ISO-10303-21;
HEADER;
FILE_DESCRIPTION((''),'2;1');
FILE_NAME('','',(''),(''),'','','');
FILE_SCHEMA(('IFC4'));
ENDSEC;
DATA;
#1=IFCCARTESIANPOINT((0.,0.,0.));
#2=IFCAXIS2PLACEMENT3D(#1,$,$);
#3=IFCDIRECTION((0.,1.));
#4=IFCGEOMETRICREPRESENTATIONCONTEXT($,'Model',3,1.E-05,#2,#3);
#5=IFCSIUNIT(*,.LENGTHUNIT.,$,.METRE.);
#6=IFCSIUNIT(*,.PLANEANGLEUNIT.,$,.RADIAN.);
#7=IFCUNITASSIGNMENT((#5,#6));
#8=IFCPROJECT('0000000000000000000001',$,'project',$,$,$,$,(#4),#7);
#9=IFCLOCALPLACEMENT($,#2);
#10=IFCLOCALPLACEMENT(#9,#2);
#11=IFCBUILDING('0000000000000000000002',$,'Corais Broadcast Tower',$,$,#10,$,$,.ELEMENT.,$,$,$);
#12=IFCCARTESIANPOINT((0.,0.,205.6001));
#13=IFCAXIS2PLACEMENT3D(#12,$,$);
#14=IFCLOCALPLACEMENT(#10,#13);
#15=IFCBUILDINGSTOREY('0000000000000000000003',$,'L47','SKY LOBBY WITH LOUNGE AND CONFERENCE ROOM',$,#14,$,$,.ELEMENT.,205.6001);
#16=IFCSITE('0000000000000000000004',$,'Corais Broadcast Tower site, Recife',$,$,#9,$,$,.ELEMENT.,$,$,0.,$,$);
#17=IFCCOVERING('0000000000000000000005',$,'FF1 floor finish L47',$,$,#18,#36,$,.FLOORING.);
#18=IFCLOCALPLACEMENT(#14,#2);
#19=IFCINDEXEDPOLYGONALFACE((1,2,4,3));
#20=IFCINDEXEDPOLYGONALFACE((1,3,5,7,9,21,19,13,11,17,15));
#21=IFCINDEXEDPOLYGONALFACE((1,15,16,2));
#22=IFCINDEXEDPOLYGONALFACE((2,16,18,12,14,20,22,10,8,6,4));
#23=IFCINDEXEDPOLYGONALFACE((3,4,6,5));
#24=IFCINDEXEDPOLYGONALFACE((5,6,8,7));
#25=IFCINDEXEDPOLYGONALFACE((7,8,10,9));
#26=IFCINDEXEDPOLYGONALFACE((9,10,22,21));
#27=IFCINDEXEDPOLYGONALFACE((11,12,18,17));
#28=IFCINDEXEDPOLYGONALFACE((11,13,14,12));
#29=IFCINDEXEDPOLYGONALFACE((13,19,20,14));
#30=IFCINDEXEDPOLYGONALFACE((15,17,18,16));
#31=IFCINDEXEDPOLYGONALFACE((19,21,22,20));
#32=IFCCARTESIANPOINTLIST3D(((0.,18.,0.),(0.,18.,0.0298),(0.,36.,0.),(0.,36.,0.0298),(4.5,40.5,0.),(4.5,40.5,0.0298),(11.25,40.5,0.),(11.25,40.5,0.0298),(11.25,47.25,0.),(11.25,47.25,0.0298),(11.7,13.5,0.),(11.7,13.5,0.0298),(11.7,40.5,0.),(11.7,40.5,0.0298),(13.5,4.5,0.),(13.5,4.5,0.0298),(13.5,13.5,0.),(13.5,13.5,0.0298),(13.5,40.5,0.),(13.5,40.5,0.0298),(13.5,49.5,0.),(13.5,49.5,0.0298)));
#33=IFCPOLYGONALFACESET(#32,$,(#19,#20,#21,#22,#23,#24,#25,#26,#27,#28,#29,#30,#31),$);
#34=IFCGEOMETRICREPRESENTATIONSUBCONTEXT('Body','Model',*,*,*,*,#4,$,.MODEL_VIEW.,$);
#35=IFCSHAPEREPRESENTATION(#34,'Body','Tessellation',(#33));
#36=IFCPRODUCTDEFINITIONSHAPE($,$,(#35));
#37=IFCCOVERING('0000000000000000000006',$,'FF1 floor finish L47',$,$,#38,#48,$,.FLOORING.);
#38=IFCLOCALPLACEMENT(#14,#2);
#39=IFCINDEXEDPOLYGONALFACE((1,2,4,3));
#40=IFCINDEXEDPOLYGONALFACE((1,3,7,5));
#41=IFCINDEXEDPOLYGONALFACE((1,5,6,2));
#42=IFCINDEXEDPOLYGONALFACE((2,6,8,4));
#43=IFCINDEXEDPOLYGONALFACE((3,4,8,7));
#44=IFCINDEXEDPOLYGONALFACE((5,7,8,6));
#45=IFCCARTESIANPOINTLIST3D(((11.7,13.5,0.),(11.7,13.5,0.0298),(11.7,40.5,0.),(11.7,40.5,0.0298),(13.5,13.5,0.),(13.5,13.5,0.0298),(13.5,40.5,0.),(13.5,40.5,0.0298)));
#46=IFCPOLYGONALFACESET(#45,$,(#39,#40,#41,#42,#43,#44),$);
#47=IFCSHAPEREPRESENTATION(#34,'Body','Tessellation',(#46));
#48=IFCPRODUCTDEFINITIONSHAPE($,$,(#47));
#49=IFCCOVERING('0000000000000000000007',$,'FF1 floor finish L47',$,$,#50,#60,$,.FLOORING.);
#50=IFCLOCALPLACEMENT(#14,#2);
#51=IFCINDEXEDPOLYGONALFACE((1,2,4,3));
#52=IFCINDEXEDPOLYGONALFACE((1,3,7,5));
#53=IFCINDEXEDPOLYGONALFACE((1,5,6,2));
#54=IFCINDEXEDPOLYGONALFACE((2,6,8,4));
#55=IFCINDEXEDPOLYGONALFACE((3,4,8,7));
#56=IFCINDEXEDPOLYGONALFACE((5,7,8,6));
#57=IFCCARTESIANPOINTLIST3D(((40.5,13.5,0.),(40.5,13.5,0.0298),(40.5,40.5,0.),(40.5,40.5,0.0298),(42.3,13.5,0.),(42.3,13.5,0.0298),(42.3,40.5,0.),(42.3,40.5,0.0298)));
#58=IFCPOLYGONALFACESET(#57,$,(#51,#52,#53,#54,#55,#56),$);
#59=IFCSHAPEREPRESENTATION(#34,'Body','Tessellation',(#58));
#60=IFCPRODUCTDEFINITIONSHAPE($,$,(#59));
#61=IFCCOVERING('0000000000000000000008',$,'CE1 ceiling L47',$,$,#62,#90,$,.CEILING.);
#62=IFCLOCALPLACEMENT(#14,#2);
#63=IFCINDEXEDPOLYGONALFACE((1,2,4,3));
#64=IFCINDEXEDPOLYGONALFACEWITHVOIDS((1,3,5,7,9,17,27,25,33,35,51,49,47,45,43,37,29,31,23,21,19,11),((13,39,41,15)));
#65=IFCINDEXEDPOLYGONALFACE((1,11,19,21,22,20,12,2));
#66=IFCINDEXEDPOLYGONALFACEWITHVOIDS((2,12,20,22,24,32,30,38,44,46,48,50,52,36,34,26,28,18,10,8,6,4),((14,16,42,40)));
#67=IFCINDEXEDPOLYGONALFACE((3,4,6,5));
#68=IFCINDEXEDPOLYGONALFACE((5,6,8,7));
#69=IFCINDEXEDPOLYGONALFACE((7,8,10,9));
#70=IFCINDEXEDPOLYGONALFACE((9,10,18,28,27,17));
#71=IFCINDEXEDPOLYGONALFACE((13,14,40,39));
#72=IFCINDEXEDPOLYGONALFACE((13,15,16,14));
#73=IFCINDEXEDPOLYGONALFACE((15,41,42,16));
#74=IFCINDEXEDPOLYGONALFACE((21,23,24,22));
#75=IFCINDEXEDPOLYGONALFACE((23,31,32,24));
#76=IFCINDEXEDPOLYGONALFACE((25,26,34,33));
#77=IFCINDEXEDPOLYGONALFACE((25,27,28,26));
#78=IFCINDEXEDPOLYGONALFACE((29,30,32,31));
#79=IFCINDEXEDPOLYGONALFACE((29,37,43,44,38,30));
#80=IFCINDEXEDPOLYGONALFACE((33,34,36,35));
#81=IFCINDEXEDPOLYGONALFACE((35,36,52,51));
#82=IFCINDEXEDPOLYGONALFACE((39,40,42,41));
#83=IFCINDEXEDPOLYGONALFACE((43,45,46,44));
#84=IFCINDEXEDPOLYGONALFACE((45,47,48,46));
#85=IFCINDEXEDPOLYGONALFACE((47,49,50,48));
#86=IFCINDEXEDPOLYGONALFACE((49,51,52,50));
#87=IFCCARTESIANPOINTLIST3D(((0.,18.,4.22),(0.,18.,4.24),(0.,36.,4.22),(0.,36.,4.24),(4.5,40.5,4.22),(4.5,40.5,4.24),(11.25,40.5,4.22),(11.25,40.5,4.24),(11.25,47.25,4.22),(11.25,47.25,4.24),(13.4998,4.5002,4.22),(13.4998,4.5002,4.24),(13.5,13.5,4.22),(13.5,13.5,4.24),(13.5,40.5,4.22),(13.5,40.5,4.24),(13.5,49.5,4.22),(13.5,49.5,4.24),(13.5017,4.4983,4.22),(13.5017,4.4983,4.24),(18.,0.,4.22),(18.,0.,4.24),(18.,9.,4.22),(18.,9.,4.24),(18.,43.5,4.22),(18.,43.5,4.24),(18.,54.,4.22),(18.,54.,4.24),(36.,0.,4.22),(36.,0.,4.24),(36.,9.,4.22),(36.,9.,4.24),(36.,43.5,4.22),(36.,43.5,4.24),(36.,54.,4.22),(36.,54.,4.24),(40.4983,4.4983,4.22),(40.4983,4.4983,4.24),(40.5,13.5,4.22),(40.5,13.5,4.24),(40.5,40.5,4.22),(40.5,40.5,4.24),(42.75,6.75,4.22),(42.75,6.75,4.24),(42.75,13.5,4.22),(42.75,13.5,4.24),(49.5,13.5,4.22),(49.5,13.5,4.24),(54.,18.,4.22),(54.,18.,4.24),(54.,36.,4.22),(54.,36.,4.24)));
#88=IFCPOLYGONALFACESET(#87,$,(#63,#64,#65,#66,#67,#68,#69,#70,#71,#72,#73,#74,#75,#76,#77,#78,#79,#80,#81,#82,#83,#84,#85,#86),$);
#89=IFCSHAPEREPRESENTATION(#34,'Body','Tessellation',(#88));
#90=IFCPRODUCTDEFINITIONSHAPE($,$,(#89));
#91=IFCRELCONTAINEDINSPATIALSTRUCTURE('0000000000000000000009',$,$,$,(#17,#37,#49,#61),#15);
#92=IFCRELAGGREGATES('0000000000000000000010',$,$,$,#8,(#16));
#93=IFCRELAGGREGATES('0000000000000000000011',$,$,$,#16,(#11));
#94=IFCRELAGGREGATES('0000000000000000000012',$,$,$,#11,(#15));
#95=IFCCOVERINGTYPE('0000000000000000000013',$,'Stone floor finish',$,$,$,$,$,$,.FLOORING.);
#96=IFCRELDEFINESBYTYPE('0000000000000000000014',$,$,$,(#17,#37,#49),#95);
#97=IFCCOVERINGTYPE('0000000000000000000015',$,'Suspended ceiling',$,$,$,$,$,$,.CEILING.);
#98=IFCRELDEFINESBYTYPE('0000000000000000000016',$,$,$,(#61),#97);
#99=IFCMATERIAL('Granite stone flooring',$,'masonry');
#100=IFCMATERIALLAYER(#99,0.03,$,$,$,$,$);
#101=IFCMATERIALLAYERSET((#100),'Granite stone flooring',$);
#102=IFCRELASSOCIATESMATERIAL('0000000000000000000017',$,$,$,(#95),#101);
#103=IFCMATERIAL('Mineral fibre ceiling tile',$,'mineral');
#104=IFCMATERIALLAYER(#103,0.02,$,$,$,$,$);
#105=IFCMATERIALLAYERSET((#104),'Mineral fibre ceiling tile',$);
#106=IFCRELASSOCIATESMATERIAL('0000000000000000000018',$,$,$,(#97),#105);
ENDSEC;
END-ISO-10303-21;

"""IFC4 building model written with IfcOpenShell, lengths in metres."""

from ifc_helpers import new_model, si_unit, direction, frame, origin, place, context, subcontext, project, spatial, polyline, outline, extrude, material, layer, layer_set, type_object, element, save


model = new_model("IFC4")

# Units and contexts
model_context = context("Model", 3, precision=1e-05, world=origin(), true_north=direction((0.0, 1.0)))
body_context = subcontext(model_context, "Body", "Model", "MODEL_VIEW")
ifc_project = project(units=[si_unit("LENGTHUNIT", "METRE"), si_unit("PLANEANGLEUNIT", "RADIAN")], contexts=[model_context])

# Site, building, storey
site_placement = place(None, origin())
site = spatial("IfcSite", under=ifc_project, at=site_placement, Name="Corais Broadcast Tower site, Recife", CompositionType="ELEMENT", RefElevation=0.0)
building_placement = place(site_placement, origin())
building = spatial("IfcBuilding", under=site, at=building_placement, Name="Corais Broadcast Tower", CompositionType="ELEMENT")
storey_placement = place(building_placement, frame((0.0, 0.0, 205.6001)))
storey = spatial("IfcBuildingStorey", under=building, at=storey_placement, Name="L47", Description="SKY LOBBY WITH LOUNGE AND CONFERENCE ROOM", CompositionType="ELEMENT", Elevation=205.6001)

# Coverings
ifc_material_1 = material(Name="Granite stone flooring", Category="masonry")
ifc_layer_1 = layer(ifc_material_1, 0.03)
ifc_layer_set_1 = layer_set([ifc_layer_1], Name="Granite stone flooring")
covering_type_1 = type_object("IfcCoveringType", Name="Stone floor finish", PredefinedType="FLOORING", material=ifc_layer_set_1)
covering_1_placement = place(storey_placement, origin())
element("IfcCovering", 1, at=covering_1_placement, inside=storey, type_object=covering_type_1, Name="FF1 floor finish L47", PredefinedType="FLOORING", context=body_context, shape_type="SweptSolid", body=[
    extrude(outline(polyline([(11.25, 40.5), (11.25, 47.25), (13.5, 49.5), (13.5, 40.5), (11.7, 40.5), (11.7, 13.5), (13.5, 13.5), (13.5, 4.5), (0.0, 18.0), (0.0, 36.0), (4.5, 40.5), (11.25, 40.5)])), origin(), (0.0, 0.0, 1.0), 0.0298),
])
covering_2_placement = place(storey_placement, origin())
element("IfcCovering", 2, at=covering_2_placement, inside=storey, type_object=covering_type_1, Name="FF1 floor finish L47", PredefinedType="FLOORING", context=body_context, shape_type="SweptSolid", body=[
    extrude(outline(polyline([(11.7, 13.5), (11.7, 40.5), (13.5, 40.5), (13.5, 13.5), (11.7, 13.5)])), origin(), (0.0, 0.0, 1.0), 0.0298),
])
covering_3_placement = place(storey_placement, origin())
element("IfcCovering", 3, at=covering_3_placement, inside=storey, type_object=covering_type_1, Name="FF1 floor finish L47", PredefinedType="FLOORING", context=body_context, shape_type="SweptSolid", body=[
    extrude(outline(polyline([(42.3, 40.5), (42.3, 13.5), (40.5, 13.5), (40.5, 40.5), (42.3, 40.5)])), origin(), (0.0, 0.0, 1.0), 0.0298),
])
ifc_material_2 = material(Name="Mineral fibre ceiling tile", Category="mineral")
ifc_layer_2 = layer(ifc_material_2, 0.02)
ifc_layer_set_2 = layer_set([ifc_layer_2], Name="Mineral fibre ceiling tile")
covering_type_2 = type_object("IfcCoveringType", Name="Suspended ceiling", PredefinedType="CEILING", material=ifc_layer_set_2)
covering_4_placement = place(storey_placement, frame((0.0, 0.0, 4.22)))
element("IfcCovering", 4, at=covering_4_placement, inside=storey, type_object=covering_type_2, Name="CE1 ceiling L47", PredefinedType="CEILING", context=body_context, shape_type="SweptSolid", body=[
    extrude(outline(polyline([(13.5, 49.5), (18.0, 54.0), (18.0, 43.5), (36.0, 43.5), (36.0, 54.0), (54.0, 36.0), (54.0, 18.0), (49.5, 13.5), (42.75, 13.5), (42.75, 6.75), (40.4983, 4.4983), (36.0, 0.0), (36.0, 9.0), (18.0, 9.0), (18.0, 0.0), (13.5017, 4.4983), (13.4998, 4.5002), (0.0, 18.0), (0.0, 36.0), (4.5, 40.5), (11.25, 40.5), (11.25, 47.25), (13.5, 49.5)]), holes=[polyline([(13.5, 13.5), (40.5, 13.5), (40.5, 40.5), (13.5, 40.5), (13.5, 13.5)])]), origin(), (0.0, 0.0, 1.0), 0.02),
])

save(model, "model.ifc")
